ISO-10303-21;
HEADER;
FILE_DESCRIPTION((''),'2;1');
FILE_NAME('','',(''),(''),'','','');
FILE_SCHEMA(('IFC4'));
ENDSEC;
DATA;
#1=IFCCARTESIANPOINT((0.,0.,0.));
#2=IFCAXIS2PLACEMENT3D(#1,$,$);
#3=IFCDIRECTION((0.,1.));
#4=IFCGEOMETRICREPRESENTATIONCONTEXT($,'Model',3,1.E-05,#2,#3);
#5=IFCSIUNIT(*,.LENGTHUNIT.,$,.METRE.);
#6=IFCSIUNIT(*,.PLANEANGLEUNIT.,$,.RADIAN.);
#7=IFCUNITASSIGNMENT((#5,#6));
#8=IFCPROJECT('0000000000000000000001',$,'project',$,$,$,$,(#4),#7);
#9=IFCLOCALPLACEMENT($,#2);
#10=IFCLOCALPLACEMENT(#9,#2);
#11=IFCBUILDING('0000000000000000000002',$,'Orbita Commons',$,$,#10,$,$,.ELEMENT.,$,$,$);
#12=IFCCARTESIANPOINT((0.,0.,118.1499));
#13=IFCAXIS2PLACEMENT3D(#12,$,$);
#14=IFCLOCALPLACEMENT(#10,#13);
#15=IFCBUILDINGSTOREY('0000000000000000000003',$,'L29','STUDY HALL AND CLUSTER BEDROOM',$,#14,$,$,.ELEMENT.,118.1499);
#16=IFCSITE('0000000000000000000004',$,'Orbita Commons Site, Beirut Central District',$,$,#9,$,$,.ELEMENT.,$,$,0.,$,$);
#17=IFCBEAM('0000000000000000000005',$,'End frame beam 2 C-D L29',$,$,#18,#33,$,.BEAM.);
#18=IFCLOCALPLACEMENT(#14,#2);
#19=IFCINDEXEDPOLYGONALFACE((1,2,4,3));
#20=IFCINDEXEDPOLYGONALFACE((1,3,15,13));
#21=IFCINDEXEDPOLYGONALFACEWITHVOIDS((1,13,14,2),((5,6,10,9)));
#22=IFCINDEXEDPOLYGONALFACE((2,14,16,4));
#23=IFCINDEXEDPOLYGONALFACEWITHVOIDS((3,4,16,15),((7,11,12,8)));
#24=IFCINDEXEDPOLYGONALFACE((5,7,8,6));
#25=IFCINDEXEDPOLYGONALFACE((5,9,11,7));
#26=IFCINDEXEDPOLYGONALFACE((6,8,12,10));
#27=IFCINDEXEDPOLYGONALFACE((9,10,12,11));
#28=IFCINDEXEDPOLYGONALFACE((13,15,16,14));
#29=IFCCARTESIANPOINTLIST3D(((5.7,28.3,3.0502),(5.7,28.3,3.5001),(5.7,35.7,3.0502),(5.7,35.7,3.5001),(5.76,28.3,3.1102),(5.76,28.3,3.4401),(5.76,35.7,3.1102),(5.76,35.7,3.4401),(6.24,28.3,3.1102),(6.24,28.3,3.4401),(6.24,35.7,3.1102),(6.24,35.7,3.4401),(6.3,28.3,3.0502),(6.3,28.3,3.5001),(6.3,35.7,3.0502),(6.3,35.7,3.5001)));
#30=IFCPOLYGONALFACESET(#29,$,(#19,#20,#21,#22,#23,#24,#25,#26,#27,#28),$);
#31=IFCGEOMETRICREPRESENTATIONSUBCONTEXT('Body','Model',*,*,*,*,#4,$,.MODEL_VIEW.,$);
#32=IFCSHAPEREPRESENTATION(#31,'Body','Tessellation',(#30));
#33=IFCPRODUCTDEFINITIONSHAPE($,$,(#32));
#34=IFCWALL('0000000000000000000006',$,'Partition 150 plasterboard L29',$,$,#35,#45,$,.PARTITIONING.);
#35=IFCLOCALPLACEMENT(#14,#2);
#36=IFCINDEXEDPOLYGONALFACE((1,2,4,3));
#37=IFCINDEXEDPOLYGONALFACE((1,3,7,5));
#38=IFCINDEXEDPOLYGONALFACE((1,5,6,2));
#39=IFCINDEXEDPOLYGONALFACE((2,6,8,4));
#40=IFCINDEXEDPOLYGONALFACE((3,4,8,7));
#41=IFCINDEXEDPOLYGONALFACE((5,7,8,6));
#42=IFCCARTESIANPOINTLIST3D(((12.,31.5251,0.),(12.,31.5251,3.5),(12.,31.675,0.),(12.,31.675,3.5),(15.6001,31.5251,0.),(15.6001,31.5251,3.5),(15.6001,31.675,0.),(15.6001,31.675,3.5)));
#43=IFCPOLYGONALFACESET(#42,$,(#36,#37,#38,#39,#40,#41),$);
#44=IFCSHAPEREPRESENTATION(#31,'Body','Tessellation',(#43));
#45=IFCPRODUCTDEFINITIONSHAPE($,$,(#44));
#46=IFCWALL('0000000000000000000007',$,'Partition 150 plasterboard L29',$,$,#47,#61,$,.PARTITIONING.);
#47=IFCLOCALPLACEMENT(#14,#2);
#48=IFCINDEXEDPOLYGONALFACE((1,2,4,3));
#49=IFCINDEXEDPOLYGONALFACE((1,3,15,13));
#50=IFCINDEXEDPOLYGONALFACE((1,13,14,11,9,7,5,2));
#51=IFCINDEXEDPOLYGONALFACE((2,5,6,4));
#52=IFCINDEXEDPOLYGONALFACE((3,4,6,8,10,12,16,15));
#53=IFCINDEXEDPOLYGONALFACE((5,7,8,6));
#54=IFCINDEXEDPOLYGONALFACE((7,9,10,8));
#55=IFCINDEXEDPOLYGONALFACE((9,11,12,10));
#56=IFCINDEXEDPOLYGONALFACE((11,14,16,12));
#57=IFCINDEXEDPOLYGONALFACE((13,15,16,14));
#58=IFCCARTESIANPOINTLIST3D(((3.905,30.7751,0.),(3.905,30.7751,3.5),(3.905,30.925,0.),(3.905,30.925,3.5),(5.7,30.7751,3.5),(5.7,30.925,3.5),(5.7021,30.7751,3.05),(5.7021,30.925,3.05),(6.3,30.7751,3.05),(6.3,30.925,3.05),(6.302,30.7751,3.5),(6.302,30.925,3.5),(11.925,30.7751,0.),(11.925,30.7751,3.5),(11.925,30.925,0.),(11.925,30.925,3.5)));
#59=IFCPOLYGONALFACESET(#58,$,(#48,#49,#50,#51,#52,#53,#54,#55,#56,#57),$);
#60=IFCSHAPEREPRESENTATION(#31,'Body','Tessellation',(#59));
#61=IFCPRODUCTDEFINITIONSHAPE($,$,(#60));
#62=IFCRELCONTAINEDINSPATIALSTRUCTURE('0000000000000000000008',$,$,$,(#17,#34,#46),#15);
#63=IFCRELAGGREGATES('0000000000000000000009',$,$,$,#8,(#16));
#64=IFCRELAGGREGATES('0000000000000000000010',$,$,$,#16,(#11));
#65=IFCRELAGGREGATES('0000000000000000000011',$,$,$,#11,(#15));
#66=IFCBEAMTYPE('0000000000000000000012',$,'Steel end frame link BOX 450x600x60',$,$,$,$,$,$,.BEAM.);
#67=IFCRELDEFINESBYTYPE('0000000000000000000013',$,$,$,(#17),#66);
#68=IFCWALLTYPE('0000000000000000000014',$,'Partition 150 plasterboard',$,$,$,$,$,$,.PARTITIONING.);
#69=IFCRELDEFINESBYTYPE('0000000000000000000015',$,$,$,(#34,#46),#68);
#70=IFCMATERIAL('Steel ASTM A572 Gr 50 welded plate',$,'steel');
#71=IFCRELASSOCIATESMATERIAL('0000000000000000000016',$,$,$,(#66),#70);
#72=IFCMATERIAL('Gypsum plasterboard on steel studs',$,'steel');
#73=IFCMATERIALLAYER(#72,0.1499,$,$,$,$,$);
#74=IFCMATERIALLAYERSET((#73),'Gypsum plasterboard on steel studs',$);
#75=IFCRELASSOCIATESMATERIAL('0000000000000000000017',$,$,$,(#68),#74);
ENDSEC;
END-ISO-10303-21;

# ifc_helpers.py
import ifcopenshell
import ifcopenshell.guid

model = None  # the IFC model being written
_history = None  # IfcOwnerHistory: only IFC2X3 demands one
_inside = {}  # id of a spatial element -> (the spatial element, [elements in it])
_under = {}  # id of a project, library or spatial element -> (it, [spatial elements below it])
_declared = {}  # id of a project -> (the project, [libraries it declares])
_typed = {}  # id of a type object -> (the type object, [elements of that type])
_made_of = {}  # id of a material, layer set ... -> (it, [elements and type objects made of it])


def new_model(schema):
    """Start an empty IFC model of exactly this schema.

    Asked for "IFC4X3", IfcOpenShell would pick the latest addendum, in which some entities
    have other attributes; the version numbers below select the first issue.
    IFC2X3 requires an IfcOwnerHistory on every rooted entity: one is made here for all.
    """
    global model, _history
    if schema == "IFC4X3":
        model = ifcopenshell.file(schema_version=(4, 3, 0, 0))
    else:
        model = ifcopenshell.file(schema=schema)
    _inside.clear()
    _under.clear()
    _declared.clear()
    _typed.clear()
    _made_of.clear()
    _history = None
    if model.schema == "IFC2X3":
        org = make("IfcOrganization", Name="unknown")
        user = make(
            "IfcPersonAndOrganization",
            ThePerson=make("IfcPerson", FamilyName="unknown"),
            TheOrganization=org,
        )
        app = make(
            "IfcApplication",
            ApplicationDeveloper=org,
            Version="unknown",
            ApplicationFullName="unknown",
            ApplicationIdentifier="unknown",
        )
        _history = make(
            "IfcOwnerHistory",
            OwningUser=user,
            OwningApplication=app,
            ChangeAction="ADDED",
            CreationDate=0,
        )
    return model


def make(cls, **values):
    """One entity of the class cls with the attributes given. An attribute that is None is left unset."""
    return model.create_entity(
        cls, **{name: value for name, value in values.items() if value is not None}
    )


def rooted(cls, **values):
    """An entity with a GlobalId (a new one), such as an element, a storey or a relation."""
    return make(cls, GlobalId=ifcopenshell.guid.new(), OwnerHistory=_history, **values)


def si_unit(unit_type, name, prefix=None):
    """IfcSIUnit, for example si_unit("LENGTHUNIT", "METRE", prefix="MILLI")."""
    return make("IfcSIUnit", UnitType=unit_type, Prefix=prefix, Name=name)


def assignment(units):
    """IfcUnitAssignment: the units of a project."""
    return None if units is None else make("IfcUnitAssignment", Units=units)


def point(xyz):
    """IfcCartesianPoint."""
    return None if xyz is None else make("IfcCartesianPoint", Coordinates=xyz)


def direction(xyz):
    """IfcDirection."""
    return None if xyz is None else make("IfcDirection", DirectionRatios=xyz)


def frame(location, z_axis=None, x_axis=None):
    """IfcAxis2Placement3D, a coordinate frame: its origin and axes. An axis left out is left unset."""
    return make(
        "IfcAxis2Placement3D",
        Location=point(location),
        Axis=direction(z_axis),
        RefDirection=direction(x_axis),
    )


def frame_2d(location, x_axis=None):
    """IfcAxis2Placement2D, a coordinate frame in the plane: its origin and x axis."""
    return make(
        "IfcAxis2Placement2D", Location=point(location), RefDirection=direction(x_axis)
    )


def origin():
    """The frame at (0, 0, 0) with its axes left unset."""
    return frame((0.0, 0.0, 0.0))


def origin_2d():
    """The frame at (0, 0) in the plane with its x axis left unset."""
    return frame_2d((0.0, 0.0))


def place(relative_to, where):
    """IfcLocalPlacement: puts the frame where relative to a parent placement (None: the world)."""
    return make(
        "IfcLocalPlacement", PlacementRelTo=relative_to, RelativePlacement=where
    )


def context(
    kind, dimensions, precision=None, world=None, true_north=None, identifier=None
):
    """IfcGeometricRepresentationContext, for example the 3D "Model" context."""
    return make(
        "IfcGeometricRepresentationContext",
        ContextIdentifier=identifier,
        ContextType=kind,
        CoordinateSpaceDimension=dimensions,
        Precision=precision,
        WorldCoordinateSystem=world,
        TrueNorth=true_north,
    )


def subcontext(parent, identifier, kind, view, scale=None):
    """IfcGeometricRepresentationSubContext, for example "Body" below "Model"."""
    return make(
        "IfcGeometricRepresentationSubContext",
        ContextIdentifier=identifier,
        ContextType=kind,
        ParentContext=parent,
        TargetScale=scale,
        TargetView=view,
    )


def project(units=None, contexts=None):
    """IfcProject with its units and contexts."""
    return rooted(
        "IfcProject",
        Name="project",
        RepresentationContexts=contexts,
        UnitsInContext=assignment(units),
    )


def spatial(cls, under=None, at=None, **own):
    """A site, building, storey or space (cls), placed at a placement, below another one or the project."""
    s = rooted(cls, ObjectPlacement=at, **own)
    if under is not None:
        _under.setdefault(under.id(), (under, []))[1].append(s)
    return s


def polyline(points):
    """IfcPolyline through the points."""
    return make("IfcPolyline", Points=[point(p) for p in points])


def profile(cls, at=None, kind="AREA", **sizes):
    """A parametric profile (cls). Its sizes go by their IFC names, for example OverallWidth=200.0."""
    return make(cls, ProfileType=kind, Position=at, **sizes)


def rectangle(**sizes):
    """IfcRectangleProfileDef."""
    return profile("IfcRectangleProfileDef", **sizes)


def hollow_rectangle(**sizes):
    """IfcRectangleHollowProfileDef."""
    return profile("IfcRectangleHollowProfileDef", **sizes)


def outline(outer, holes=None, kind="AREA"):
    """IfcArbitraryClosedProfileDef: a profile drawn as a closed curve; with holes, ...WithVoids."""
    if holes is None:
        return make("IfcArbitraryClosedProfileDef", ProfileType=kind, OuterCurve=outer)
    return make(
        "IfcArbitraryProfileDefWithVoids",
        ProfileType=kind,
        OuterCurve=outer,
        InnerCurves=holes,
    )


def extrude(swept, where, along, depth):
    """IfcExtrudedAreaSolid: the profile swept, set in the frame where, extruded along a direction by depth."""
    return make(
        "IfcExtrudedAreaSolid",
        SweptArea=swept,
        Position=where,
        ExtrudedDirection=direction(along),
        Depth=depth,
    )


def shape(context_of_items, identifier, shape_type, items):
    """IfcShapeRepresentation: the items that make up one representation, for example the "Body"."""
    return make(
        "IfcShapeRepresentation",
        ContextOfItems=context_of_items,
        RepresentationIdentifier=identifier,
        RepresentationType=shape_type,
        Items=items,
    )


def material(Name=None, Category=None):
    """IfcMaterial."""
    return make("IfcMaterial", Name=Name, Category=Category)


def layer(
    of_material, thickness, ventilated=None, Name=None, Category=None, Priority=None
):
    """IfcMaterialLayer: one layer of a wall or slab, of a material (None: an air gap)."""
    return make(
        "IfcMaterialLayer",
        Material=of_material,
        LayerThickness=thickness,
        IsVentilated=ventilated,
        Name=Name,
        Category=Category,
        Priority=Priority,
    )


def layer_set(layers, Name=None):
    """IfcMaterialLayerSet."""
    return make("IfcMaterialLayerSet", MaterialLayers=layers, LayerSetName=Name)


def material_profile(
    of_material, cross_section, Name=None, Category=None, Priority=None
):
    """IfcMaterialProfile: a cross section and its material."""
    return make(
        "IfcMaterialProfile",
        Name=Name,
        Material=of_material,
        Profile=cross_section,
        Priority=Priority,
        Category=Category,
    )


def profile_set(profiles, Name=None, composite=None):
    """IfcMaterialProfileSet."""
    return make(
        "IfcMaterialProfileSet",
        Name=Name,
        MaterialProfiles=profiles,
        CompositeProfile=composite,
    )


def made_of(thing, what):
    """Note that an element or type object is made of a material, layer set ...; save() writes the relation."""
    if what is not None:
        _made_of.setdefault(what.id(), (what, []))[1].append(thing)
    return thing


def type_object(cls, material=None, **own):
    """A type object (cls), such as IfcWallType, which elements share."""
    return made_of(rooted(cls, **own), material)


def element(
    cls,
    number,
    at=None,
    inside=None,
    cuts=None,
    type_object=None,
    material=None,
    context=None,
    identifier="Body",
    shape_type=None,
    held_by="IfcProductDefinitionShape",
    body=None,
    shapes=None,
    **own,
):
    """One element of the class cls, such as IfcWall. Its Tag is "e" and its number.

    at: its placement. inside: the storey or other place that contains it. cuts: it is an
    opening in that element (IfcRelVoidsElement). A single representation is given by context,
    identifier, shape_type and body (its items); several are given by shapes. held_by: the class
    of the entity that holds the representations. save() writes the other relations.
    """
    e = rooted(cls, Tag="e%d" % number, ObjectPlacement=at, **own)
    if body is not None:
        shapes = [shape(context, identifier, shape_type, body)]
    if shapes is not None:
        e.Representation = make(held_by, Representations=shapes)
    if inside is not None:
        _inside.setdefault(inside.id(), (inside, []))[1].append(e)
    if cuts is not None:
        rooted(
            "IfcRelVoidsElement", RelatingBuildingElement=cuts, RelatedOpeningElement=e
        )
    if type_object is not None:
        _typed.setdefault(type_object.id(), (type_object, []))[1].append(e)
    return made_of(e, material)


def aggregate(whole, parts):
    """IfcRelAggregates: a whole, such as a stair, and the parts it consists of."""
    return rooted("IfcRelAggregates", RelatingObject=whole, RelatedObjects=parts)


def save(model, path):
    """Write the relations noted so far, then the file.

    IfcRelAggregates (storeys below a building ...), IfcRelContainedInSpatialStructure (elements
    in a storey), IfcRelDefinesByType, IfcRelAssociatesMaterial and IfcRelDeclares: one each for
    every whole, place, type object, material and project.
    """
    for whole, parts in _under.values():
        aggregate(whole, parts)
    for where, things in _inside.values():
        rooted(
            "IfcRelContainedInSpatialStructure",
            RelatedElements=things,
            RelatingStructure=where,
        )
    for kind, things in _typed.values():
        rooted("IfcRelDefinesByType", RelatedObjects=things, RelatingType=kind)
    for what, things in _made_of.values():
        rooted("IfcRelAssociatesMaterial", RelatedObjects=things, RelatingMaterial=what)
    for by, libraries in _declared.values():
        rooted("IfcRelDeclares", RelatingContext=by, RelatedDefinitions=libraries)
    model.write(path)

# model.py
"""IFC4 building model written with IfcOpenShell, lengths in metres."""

from ifc_helpers import new_model, si_unit, direction, frame, frame_2d, origin, origin_2d, place, context, subcontext, project, spatial, polyline, rectangle, hollow_rectangle, outline, extrude, material, layer, layer_set, material_profile, profile_set, type_object, element, save


model = new_model("IFC4")

# Units and contexts
model_context = context("Model", 3, precision=1e-05, world=origin(), true_north=direction((0.0, 1.0)))
body_context = subcontext(model_context, "Body", "Model", "MODEL_VIEW")
ifc_project = project(units=[si_unit("LENGTHUNIT", "METRE"), si_unit("PLANEANGLEUNIT", "RADIAN")], contexts=[model_context])

# Site, building, storey
site_placement = place(None, origin())
site = spatial("IfcSite", under=ifc_project, at=site_placement, Name="Orbita Commons Site, Beirut Central District", CompositionType="ELEMENT", RefElevation=0.0)
building_placement = place(site_placement, origin())
building = spatial("IfcBuilding", under=site, at=building_placement, Name="Orbita Commons", CompositionType="ELEMENT")
storey_placement = place(building_placement, frame((0.0, 0.0, 118.1499)))
storey = spatial("IfcBuildingStorey", under=building, at=storey_placement, Name="L29", Description="STUDY HALL AND CLUSTER BEDROOM", CompositionType="ELEMENT", Elevation=118.1499)

# Beam
ifc_material_1 = material(Name="Steel ASTM A572 Gr 50 welded plate", Category="steel")
ifc_material_profile = material_profile(ifc_material_1, hollow_rectangle(XDim=0.6001, YDim=0.45, WallThickness=0.0601, at=origin_2d()), Name="BOX 450x600x60")
ifc_profile_set = profile_set([ifc_material_profile], Name="Steel ASTM A572 Gr 50 welded plate")
beam_type = type_object("IfcBeamType", Name="Steel end frame link BOX 450x600x60", PredefinedType="BEAM", material=ifc_profile_set)
beam_placement = place(storey_placement, frame((6.0, 28.3, 3.2751), z_axis=(0.0, 1.0, 0.0), x_axis=(-1.0, 0.0, 0.0)))
element("IfcBeam", 1, at=beam_placement, inside=storey, type_object=beam_type, Name="End frame beam 2 C-D L29", PredefinedType="BEAM", context=body_context, shape_type="SweptSolid", body=[
    extrude(hollow_rectangle(XDim=0.6001, YDim=0.45, WallThickness=0.0601, at=origin_2d()), origin(), (0.0, 0.0, 1.0), 7.3999),
])

# Walls
ifc_material_2 = material(Name="Gypsum plasterboard on steel studs", Category="steel")
ifc_layer = layer(ifc_material_2, 0.1499)
ifc_layer_set = layer_set([ifc_layer], Name="Gypsum plasterboard on steel studs")
wall_type = type_object("IfcWallType", Name="Partition 150 plasterboard", PredefinedType="PARTITIONING", material=ifc_layer_set)
wall_1_placement = place(storey_placement, frame((12.0, 31.6001, 0.0), z_axis=(0.0, 0.0, 1.0), x_axis=(1.0, 0.0, 0.0)))
element("IfcWall", 2, at=wall_1_placement, inside=storey, type_object=wall_type, Name="Partition 150 plasterboard L29", PredefinedType="PARTITIONING", context=body_context, shape_type="SweptSolid", body=[
    extrude(rectangle(XDim=3.6001, YDim=0.1499, at=frame_2d((1.8, 0.0))), origin(), (0.0, 0.0, 1.0), 3.5),
])
wall_2_placement = place(storey_placement, frame((3.905, 30.8501, 0.0), z_axis=(0.0, 0.0, 1.0), x_axis=(1.0, 0.0, 0.0)))
element("IfcWall", 3, at=wall_2_placement, inside=storey, type_object=wall_type, Name="Partition 150 plasterboard L29", PredefinedType="PARTITIONING", context=body_context, shape_type="SweptSolid", body=[
    extrude(outline(polyline([(0.0, 0.0), (8.02, 0.0), (8.02, 3.5), (2.397, 3.5), (2.395, 3.05), (1.7971, 3.05), (1.7949, 3.5), (0.0, 3.5), (0.0, 0.0)])), frame((0.0, 0.075, 0.0), z_axis=(0.0, -1.0, 0.0), x_axis=(1.0, 0.0, 0.0)), (0.0, 0.0, 1.0), 0.1499),
])

save(model, "model.ifc")
